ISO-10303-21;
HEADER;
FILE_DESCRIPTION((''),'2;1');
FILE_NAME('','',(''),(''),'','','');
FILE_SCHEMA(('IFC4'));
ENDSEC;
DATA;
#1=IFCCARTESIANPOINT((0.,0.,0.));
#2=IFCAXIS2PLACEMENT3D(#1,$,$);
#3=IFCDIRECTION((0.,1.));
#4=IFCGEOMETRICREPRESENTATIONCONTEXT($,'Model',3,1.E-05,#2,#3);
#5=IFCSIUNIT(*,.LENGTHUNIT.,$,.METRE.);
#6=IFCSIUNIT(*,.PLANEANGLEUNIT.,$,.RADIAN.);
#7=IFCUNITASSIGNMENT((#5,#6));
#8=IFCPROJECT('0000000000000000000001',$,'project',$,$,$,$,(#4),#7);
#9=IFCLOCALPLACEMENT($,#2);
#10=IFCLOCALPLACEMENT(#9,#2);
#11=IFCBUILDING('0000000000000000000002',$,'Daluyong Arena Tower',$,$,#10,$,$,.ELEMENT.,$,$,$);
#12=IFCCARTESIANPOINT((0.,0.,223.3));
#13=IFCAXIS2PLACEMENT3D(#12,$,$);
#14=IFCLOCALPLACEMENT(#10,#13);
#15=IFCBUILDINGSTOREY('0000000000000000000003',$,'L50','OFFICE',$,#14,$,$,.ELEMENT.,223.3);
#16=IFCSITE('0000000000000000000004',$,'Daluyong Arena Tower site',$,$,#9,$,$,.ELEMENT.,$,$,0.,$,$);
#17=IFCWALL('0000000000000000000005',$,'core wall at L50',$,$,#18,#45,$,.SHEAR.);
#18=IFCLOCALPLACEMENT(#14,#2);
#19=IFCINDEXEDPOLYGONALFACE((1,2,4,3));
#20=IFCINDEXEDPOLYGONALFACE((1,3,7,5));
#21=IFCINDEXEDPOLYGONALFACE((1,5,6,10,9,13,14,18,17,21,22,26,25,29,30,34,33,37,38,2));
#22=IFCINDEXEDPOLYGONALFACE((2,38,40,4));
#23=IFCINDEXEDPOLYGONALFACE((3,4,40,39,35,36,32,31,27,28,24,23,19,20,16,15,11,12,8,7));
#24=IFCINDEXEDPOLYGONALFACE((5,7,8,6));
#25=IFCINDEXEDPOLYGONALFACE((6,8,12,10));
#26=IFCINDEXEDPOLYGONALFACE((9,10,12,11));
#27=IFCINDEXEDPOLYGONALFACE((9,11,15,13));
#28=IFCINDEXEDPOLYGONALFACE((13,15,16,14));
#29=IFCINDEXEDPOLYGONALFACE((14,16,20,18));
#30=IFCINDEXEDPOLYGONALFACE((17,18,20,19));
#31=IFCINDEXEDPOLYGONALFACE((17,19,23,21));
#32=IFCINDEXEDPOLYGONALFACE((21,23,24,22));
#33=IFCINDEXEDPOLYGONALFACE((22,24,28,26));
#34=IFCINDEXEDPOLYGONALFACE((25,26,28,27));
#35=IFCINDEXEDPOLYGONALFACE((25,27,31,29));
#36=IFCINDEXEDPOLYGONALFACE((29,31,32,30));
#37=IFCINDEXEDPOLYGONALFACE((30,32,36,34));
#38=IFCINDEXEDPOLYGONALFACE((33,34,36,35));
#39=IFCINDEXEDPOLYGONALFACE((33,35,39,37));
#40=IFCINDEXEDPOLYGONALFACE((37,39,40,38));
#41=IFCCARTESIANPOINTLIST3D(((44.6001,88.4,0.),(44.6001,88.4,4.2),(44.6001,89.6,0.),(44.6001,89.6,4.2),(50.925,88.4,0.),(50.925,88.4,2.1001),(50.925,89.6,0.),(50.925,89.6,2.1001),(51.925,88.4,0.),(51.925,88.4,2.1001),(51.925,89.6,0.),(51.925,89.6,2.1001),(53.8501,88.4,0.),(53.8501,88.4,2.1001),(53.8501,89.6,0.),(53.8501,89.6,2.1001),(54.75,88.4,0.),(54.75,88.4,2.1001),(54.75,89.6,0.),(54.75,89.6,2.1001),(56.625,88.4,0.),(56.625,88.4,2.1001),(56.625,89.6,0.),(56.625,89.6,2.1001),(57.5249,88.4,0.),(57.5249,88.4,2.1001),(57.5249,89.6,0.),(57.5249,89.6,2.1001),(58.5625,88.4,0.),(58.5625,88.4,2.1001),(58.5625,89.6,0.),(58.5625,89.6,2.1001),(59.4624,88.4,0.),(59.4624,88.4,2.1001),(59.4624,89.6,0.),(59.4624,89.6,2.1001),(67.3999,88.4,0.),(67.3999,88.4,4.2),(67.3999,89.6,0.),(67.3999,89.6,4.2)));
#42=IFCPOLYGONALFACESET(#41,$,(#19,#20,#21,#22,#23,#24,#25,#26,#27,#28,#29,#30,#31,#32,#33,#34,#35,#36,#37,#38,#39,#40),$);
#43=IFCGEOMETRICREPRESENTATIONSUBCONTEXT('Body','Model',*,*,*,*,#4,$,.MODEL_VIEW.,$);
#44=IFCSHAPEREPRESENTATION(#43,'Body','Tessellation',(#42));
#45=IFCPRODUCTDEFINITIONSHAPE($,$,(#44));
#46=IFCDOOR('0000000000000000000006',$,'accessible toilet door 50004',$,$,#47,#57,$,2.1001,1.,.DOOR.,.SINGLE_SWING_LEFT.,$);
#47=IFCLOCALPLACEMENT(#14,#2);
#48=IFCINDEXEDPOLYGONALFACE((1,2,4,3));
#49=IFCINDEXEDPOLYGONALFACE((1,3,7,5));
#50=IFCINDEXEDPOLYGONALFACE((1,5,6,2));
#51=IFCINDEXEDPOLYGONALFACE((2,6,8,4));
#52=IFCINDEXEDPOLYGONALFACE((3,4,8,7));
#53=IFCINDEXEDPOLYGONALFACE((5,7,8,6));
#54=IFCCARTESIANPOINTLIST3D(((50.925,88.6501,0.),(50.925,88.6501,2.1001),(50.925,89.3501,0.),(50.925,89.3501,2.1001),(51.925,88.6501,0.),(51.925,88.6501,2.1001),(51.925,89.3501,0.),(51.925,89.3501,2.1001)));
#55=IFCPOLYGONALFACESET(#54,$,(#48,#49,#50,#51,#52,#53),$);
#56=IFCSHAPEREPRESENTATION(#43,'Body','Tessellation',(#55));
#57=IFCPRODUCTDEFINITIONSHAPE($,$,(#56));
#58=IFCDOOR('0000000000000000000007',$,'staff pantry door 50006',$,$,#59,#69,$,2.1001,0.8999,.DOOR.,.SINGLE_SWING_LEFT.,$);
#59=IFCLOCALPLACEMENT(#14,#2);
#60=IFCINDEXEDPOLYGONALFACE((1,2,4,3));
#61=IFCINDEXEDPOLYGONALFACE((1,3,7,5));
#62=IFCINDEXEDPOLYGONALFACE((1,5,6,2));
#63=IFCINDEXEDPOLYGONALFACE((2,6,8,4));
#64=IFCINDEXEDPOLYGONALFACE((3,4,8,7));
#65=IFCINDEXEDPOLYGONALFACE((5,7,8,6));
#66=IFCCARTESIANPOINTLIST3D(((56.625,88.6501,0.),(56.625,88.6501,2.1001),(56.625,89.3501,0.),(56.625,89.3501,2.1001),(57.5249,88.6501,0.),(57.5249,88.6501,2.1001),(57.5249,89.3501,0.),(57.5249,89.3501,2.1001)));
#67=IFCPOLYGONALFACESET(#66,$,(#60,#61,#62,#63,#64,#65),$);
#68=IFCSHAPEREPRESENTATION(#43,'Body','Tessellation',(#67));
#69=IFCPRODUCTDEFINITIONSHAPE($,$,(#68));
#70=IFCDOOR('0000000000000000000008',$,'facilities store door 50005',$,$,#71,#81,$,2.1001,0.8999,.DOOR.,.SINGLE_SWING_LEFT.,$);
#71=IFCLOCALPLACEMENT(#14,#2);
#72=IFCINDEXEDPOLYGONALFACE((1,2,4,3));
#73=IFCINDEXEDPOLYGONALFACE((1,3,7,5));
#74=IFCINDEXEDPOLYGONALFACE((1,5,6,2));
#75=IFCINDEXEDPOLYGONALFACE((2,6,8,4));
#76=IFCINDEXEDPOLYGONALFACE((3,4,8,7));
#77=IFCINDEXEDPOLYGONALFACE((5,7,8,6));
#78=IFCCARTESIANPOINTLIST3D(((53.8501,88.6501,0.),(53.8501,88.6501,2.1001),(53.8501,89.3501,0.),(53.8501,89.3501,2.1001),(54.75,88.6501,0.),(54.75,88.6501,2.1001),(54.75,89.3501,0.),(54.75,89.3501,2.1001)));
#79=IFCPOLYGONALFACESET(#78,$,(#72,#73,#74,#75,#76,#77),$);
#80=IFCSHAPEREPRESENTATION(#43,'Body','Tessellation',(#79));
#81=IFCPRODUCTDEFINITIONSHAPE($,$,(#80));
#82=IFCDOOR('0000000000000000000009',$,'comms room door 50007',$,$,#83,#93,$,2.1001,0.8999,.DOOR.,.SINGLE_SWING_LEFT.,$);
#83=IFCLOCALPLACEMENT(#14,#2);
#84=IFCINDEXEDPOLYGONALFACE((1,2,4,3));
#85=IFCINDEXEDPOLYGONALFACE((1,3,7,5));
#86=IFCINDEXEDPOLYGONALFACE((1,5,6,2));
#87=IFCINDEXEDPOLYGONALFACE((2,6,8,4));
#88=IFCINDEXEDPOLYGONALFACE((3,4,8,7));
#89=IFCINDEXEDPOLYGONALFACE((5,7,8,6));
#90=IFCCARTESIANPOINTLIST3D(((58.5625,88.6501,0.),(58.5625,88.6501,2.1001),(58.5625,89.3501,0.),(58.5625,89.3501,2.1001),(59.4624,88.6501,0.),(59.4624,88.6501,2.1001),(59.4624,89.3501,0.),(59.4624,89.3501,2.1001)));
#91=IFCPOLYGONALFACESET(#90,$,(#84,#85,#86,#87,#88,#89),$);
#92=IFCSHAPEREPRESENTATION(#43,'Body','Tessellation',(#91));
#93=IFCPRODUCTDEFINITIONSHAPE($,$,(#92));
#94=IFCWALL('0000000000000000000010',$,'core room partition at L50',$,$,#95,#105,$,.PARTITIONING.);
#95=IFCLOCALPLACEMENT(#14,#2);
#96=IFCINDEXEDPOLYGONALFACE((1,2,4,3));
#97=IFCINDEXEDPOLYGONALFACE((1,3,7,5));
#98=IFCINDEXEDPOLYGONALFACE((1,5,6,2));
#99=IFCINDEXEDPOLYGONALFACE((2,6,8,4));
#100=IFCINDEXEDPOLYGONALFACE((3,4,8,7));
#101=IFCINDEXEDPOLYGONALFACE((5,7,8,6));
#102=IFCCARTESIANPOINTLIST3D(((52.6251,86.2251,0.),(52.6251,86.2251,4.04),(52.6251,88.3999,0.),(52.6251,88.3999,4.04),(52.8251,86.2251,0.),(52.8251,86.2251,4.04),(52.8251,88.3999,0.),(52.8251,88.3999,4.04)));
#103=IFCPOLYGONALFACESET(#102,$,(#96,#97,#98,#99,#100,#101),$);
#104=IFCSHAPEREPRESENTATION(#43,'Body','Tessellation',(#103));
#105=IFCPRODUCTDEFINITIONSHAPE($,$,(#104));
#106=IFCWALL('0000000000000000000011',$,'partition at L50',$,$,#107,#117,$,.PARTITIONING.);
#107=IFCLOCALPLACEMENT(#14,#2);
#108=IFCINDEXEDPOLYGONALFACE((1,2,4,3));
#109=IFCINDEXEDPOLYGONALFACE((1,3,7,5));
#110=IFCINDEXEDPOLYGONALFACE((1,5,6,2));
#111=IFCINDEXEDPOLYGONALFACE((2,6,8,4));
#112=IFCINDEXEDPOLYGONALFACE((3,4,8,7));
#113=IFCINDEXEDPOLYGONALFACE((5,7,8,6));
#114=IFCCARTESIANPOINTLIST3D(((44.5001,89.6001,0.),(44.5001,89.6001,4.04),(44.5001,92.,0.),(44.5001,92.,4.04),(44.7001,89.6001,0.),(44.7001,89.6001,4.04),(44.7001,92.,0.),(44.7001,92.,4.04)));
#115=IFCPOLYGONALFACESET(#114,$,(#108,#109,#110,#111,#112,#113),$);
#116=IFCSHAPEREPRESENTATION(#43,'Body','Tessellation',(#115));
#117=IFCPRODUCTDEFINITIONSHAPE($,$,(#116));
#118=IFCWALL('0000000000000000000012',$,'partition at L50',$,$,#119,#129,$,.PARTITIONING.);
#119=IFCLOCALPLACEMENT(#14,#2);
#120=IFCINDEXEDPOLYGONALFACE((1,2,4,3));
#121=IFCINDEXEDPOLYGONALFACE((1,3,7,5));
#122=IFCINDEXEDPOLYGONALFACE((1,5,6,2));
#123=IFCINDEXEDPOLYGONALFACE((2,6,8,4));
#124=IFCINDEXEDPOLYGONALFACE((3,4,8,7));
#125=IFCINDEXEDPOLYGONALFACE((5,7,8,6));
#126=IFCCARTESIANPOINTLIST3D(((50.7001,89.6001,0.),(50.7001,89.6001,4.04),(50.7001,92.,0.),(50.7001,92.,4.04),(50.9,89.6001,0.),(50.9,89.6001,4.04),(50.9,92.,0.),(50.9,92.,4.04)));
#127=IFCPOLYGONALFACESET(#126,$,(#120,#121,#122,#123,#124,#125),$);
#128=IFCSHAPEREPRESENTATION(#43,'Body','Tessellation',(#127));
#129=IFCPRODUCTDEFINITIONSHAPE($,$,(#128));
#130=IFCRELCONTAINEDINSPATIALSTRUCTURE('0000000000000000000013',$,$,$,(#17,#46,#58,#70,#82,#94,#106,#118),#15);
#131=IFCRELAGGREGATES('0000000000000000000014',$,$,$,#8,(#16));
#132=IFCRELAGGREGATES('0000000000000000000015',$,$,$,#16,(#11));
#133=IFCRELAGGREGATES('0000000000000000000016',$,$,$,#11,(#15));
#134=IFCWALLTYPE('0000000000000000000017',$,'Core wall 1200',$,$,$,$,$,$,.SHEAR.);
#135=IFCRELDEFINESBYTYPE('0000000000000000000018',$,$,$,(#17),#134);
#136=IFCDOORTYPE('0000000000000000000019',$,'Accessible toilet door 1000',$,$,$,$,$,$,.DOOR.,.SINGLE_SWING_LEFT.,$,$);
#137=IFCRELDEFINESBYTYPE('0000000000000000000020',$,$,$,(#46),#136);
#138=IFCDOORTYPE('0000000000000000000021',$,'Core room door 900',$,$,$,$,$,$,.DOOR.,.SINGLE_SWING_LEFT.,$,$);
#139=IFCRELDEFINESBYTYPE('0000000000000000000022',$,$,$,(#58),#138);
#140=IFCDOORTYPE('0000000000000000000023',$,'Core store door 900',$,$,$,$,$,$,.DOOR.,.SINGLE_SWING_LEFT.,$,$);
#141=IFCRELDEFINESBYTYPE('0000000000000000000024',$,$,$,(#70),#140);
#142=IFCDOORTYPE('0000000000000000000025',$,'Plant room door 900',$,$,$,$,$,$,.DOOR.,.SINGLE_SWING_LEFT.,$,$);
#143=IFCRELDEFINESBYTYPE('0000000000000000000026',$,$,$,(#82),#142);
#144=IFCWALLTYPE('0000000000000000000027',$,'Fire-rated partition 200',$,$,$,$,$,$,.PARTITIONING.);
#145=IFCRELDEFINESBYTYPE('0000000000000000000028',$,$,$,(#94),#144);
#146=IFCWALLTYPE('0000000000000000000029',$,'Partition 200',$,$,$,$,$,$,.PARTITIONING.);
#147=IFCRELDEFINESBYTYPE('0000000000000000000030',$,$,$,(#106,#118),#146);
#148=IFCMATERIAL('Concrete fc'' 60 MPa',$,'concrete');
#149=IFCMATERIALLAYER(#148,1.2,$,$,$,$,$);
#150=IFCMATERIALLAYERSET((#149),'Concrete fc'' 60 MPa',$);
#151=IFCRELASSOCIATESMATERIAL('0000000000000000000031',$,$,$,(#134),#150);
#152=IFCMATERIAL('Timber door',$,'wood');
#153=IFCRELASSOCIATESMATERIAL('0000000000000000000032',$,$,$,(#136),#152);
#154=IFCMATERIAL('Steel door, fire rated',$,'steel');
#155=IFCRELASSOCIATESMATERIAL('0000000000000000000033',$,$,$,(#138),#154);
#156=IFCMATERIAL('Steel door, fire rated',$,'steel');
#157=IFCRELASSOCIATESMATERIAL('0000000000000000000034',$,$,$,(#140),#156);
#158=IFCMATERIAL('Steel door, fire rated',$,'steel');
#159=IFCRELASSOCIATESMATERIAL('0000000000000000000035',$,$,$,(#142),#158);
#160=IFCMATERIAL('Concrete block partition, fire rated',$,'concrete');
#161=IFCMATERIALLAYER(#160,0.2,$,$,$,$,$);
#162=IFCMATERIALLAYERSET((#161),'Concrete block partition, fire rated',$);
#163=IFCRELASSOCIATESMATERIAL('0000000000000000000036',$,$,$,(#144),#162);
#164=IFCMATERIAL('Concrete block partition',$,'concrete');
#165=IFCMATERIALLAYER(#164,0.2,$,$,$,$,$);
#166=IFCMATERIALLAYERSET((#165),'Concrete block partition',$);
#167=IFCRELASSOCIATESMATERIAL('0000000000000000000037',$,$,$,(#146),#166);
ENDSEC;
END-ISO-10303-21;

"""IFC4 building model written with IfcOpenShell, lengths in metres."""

from ifc_helpers import new_model, si_unit, direction, frame, frame_2d, origin, place, context, subcontext, project, spatial, rectangle, extrude, material, layer, layer_set, type_object, element, fill, save


model = new_model("IFC4")

# Units and contexts
model_context = context("Model", 3, precision=1e-05, world=origin(), true_north=direction((0.0, 1.0)))
body_context = subcontext(model_context, "Body", "Model", "MODEL_VIEW")
ifc_project = project(units=[si_unit("LENGTHUNIT", "METRE"), si_unit("PLANEANGLEUNIT", "RADIAN")], contexts=[model_context])

# Site, building, storey
site_placement = place(None, origin())
site = spatial("IfcSite", under=ifc_project, at=site_placement, Name="Daluyong Arena Tower site", CompositionType="ELEMENT", RefElevation=0.0)
building_placement = place(site_placement, origin())
building = spatial("IfcBuilding", under=site, at=building_placement, Name="Daluyong Arena Tower", CompositionType="ELEMENT")
storey_placement = place(building_placement, frame((0.0, 0.0, 223.3)))
storey = spatial("IfcBuildingStorey", under=building, at=storey_placement, Name="L50", Description="OFFICE", CompositionType="ELEMENT", Elevation=223.3)

# Wall, openings, doors
ifc_material_1 = material(Name="Concrete fc' 60 MPa", Category="concrete")
ifc_layer_1 = layer(ifc_material_1, 1.2)
ifc_layer_set_1 = layer_set([ifc_layer_1], Name="Concrete fc' 60 MPa")
wall_type_1 = type_object("IfcWallType", Name="Core wall 1200", PredefinedType="SHEAR", material=ifc_layer_set_1)
wall_1_placement = place(storey_placement, frame((44.6001, 89.0, 0.0), z_axis=(0.0, 0.0, 1.0), x_axis=(1.0, 0.0, 0.0)))
wall_1 = element("IfcWall", 1, at=wall_1_placement, inside=storey, type_object=wall_type_1, Name="core wall at L50", PredefinedType="SHEAR", context=body_context, shape_type="SweptSolid", body=[
    extrude(rectangle(XDim=22.7998, YDim=1.2, at=frame_2d((11.3999, 0.0))), origin(), (0.0, 0.0, 1.0), 4.2),
])
opening_1_placement = place(wall_1_placement, frame((6.325, 0.0, 0.0)))
opening_1 = element("IfcOpeningElement", 2, at=opening_1_placement, cuts=wall_1, PredefinedType="OPENING", context=body_context, shape_type="SweptSolid", body=[
    extrude(rectangle(XDim=1.0, YDim=2.1001, at=frame_2d((0.5, 1.05))), frame((0.0, 0.6099, 0.0), z_axis=(0.0, -1.0, 0.0), x_axis=(1.0, 0.0, 0.0)), (0.0, 0.0, 1.0), 1.22),
])
opening_2_placement = place(wall_1_placement, frame((9.25, 0.0, 0.0)))
opening_2 = element("IfcOpeningElement", 3, at=opening_2_placement, cuts=wall_1, PredefinedType="OPENING", context=body_context, shape_type="SweptSolid", body=[
    extrude(rectangle(XDim=0.8999, YDim=2.1001, at=frame_2d((0.45, 1.05))), frame((0.0, 0.6099, 0.0), z_axis=(0.0, -1.0, 0.0), x_axis=(1.0, 0.0, 0.0)), (0.0, 0.0, 1.0), 1.22),
])
opening_3_placement = place(wall_1_placement, frame((12.0249, 0.0, 0.0)))
opening_3 = element("IfcOpeningElement", 4, at=opening_3_placement, cuts=wall_1, PredefinedType="OPENING", context=body_context, shape_type="SweptSolid", body=[
    extrude(rectangle(XDim=0.8999, YDim=2.1001, at=frame_2d((0.45, 1.05))), frame((0.0, 0.6099, 0.0), z_axis=(0.0, -1.0, 0.0), x_axis=(1.0, 0.0, 0.0)), (0.0, 0.0, 1.0), 1.22),
])
opening_4_placement = place(wall_1_placement, frame((13.9624, 0.0, 0.0)))
opening_4 = element("IfcOpeningElement", 5, at=opening_4_placement, cuts=wall_1, PredefinedType="OPENING", context=body_context, shape_type="SweptSolid", body=[
    extrude(rectangle(XDim=0.8999, YDim=2.1001, at=frame_2d((0.45, 1.05))), frame((0.0, 0.6099, 0.0), z_axis=(0.0, -1.0, 0.0), x_axis=(1.0, 0.0, 0.0)), (0.0, 0.0, 1.0), 1.22),
])
ifc_material_2 = material(Name="Timber door", Category="wood")
door_type_1 = type_object("IfcDoorType", Name="Accessible toilet door 1000", OperationType="SINGLE_SWING_LEFT", PredefinedType="DOOR", material=ifc_material_2)
door_1_placement = place(opening_1_placement, origin())
door_1 = element("IfcDoor", 6, at=door_1_placement, inside=storey, type_object=door_type_1, Name="accessible toilet door 50004", OperationType="SINGLE_SWING_LEFT", OverallHeight=2.1001, OverallWidth=1.0, PredefinedType="DOOR", context=body_context, shape_type="SweptSolid", body=[
    extrude(rectangle(XDim=1.0, YDim=2.1001, at=frame_2d((0.5, 1.05))), frame((0.0, 0.3501, 0.0), z_axis=(0.0, -1.0, 0.0), x_axis=(1.0, 0.0, 0.0)), (0.0, 0.0, 1.0), 0.7),
])
fill(opening_1, door_1)
ifc_material_3 = material(Name="Steel door, fire rated", Category="steel")
door_type_2 = type_object("IfcDoorType", Name="Core room door 900", OperationType="SINGLE_SWING_LEFT", PredefinedType="DOOR", material=ifc_material_3)
door_2_placement = place(opening_3_placement, origin())
door_2 = element("IfcDoor", 7, at=door_2_placement, inside=storey, type_object=door_type_2, Name="staff pantry door 50006", OperationType="SINGLE_SWING_LEFT", OverallHeight=2.1001, OverallWidth=0.8999, PredefinedType="DOOR", context=body_context, shape_type="SweptSolid", body=[
    extrude(rectangle(XDim=0.8999, YDim=2.1001, at=frame_2d((0.45, 1.05))), frame((0.0, 0.3501, 0.0), z_axis=(0.0, -1.0, 0.0), x_axis=(1.0, 0.0, 0.0)), (0.0, 0.0, 1.0), 0.7),
])
fill(opening_3, door_2)
ifc_material_4 = material(Name="Steel door, fire rated", Category="steel")
door_type_3 = type_object("IfcDoorType", Name="Core store door 900", OperationType="SINGLE_SWING_LEFT", PredefinedType="DOOR", material=ifc_material_4)
door_3_placement = place(opening_2_placement, origin())
door_3 = element("IfcDoor", 8, at=door_3_placement, inside=storey, type_object=door_type_3, Name="facilities store door 50005", OperationType="SINGLE_SWING_LEFT", OverallHeight=2.1001, OverallWidth=0.8999, PredefinedType="DOOR", context=body_context, shape_type="SweptSolid", body=[
    extrude(rectangle(XDim=0.8999, YDim=2.1001, at=frame_2d((0.45, 1.05))), frame((0.0, 0.3501, 0.0), z_axis=(0.0, -1.0, 0.0), x_axis=(1.0, 0.0, 0.0)), (0.0, 0.0, 1.0), 0.7),
])
fill(opening_2, door_3)
ifc_material_5 = material(Name="Steel door, fire rated", Category="steel")
door_type_4 = type_object("IfcDoorType", Name="Plant room door 900", OperationType="SINGLE_SWING_LEFT", PredefinedType="DOOR", material=ifc_material_5)
door_4_placement = place(opening_4_placement, origin())
door_4 = element("IfcDoor", 9, at=door_4_placement, inside=storey, type_object=door_type_4, Name="comms room door 50007", OperationType="SINGLE_SWING_LEFT", OverallHeight=2.1001, OverallWidth=0.8999, PredefinedType="DOOR", context=body_context, shape_type="SweptSolid", body=[
    extrude(rectangle(XDim=0.8999, YDim=2.1001, at=frame_2d((0.45, 1.05))), frame((0.0, 0.3501, 0.0), z_axis=(0.0, -1.0, 0.0), x_axis=(1.0, 0.0, 0.0)), (0.0, 0.0, 1.0), 0.7),
])
fill(opening_4, door_4)

# Walls
ifc_material_6 = material(Name="Concrete block partition, fire rated", Category="concrete")
ifc_layer_2 = layer(ifc_material_6, 0.2)
ifc_layer_set_2 = layer_set([ifc_layer_2], Name="Concrete block partition, fire rated")
wall_type_2 = type_object("IfcWallType", Name="Fire-rated partition 200", PredefinedType="PARTITIONING", material=ifc_layer_set_2)
wall_2_placement = place(storey_placement, frame((52.7251, 86.2251, 0.0), z_axis=(0.0, 0.0, 1.0), x_axis=(0.0, 1.0, 0.0)))
element("IfcWall", 10, at=wall_2_placement, inside=storey, type_object=wall_type_2, Name="core room partition at L50", PredefinedType="PARTITIONING", context=body_context, shape_type="SweptSolid", body=[
    extrude(rectangle(XDim=2.1748, YDim=0.2, at=frame_2d((1.0874, 0.0))), origin(), (0.0, 0.0, 1.0), 4.04),
])
ifc_material_7 = material(Name="Concrete block partition", Category="concrete")
ifc_layer_3 = layer(ifc_material_7, 0.2)
ifc_layer_set_3 = layer_set([ifc_layer_3], Name="Concrete block partition")
wall_type_3 = type_object("IfcWallType", Name="Partition 200", PredefinedType="PARTITIONING", material=ifc_layer_set_3)
for number, where, z_axis, x_axis, name in (
    (11, (44.6001, 89.6001, 0.0), (0.0, 0.0, 1.0), (0.0, 1.0, 0.0), "partition at L50"),
    (12, (50.8, 89.6001, 0.0), (0.0, 0.0, 1.0), (0.0, 1.0, 0.0), "partition at L50"),
):
    element("IfcWall", number, at=place(storey_placement, frame(where, z_axis=z_axis, x_axis=x_axis)), inside=storey, type_object=wall_type_3, Name=name, PredefinedType="PARTITIONING", context=body_context, shape_type="SweptSolid", body=[
        extrude(rectangle(XDim=2.3999, YDim=0.2, at=frame_2d((1.2, 0.0))), origin(), (0.0, 0.0, 1.0), 4.04),
    ])

save(model, "model.ifc")
